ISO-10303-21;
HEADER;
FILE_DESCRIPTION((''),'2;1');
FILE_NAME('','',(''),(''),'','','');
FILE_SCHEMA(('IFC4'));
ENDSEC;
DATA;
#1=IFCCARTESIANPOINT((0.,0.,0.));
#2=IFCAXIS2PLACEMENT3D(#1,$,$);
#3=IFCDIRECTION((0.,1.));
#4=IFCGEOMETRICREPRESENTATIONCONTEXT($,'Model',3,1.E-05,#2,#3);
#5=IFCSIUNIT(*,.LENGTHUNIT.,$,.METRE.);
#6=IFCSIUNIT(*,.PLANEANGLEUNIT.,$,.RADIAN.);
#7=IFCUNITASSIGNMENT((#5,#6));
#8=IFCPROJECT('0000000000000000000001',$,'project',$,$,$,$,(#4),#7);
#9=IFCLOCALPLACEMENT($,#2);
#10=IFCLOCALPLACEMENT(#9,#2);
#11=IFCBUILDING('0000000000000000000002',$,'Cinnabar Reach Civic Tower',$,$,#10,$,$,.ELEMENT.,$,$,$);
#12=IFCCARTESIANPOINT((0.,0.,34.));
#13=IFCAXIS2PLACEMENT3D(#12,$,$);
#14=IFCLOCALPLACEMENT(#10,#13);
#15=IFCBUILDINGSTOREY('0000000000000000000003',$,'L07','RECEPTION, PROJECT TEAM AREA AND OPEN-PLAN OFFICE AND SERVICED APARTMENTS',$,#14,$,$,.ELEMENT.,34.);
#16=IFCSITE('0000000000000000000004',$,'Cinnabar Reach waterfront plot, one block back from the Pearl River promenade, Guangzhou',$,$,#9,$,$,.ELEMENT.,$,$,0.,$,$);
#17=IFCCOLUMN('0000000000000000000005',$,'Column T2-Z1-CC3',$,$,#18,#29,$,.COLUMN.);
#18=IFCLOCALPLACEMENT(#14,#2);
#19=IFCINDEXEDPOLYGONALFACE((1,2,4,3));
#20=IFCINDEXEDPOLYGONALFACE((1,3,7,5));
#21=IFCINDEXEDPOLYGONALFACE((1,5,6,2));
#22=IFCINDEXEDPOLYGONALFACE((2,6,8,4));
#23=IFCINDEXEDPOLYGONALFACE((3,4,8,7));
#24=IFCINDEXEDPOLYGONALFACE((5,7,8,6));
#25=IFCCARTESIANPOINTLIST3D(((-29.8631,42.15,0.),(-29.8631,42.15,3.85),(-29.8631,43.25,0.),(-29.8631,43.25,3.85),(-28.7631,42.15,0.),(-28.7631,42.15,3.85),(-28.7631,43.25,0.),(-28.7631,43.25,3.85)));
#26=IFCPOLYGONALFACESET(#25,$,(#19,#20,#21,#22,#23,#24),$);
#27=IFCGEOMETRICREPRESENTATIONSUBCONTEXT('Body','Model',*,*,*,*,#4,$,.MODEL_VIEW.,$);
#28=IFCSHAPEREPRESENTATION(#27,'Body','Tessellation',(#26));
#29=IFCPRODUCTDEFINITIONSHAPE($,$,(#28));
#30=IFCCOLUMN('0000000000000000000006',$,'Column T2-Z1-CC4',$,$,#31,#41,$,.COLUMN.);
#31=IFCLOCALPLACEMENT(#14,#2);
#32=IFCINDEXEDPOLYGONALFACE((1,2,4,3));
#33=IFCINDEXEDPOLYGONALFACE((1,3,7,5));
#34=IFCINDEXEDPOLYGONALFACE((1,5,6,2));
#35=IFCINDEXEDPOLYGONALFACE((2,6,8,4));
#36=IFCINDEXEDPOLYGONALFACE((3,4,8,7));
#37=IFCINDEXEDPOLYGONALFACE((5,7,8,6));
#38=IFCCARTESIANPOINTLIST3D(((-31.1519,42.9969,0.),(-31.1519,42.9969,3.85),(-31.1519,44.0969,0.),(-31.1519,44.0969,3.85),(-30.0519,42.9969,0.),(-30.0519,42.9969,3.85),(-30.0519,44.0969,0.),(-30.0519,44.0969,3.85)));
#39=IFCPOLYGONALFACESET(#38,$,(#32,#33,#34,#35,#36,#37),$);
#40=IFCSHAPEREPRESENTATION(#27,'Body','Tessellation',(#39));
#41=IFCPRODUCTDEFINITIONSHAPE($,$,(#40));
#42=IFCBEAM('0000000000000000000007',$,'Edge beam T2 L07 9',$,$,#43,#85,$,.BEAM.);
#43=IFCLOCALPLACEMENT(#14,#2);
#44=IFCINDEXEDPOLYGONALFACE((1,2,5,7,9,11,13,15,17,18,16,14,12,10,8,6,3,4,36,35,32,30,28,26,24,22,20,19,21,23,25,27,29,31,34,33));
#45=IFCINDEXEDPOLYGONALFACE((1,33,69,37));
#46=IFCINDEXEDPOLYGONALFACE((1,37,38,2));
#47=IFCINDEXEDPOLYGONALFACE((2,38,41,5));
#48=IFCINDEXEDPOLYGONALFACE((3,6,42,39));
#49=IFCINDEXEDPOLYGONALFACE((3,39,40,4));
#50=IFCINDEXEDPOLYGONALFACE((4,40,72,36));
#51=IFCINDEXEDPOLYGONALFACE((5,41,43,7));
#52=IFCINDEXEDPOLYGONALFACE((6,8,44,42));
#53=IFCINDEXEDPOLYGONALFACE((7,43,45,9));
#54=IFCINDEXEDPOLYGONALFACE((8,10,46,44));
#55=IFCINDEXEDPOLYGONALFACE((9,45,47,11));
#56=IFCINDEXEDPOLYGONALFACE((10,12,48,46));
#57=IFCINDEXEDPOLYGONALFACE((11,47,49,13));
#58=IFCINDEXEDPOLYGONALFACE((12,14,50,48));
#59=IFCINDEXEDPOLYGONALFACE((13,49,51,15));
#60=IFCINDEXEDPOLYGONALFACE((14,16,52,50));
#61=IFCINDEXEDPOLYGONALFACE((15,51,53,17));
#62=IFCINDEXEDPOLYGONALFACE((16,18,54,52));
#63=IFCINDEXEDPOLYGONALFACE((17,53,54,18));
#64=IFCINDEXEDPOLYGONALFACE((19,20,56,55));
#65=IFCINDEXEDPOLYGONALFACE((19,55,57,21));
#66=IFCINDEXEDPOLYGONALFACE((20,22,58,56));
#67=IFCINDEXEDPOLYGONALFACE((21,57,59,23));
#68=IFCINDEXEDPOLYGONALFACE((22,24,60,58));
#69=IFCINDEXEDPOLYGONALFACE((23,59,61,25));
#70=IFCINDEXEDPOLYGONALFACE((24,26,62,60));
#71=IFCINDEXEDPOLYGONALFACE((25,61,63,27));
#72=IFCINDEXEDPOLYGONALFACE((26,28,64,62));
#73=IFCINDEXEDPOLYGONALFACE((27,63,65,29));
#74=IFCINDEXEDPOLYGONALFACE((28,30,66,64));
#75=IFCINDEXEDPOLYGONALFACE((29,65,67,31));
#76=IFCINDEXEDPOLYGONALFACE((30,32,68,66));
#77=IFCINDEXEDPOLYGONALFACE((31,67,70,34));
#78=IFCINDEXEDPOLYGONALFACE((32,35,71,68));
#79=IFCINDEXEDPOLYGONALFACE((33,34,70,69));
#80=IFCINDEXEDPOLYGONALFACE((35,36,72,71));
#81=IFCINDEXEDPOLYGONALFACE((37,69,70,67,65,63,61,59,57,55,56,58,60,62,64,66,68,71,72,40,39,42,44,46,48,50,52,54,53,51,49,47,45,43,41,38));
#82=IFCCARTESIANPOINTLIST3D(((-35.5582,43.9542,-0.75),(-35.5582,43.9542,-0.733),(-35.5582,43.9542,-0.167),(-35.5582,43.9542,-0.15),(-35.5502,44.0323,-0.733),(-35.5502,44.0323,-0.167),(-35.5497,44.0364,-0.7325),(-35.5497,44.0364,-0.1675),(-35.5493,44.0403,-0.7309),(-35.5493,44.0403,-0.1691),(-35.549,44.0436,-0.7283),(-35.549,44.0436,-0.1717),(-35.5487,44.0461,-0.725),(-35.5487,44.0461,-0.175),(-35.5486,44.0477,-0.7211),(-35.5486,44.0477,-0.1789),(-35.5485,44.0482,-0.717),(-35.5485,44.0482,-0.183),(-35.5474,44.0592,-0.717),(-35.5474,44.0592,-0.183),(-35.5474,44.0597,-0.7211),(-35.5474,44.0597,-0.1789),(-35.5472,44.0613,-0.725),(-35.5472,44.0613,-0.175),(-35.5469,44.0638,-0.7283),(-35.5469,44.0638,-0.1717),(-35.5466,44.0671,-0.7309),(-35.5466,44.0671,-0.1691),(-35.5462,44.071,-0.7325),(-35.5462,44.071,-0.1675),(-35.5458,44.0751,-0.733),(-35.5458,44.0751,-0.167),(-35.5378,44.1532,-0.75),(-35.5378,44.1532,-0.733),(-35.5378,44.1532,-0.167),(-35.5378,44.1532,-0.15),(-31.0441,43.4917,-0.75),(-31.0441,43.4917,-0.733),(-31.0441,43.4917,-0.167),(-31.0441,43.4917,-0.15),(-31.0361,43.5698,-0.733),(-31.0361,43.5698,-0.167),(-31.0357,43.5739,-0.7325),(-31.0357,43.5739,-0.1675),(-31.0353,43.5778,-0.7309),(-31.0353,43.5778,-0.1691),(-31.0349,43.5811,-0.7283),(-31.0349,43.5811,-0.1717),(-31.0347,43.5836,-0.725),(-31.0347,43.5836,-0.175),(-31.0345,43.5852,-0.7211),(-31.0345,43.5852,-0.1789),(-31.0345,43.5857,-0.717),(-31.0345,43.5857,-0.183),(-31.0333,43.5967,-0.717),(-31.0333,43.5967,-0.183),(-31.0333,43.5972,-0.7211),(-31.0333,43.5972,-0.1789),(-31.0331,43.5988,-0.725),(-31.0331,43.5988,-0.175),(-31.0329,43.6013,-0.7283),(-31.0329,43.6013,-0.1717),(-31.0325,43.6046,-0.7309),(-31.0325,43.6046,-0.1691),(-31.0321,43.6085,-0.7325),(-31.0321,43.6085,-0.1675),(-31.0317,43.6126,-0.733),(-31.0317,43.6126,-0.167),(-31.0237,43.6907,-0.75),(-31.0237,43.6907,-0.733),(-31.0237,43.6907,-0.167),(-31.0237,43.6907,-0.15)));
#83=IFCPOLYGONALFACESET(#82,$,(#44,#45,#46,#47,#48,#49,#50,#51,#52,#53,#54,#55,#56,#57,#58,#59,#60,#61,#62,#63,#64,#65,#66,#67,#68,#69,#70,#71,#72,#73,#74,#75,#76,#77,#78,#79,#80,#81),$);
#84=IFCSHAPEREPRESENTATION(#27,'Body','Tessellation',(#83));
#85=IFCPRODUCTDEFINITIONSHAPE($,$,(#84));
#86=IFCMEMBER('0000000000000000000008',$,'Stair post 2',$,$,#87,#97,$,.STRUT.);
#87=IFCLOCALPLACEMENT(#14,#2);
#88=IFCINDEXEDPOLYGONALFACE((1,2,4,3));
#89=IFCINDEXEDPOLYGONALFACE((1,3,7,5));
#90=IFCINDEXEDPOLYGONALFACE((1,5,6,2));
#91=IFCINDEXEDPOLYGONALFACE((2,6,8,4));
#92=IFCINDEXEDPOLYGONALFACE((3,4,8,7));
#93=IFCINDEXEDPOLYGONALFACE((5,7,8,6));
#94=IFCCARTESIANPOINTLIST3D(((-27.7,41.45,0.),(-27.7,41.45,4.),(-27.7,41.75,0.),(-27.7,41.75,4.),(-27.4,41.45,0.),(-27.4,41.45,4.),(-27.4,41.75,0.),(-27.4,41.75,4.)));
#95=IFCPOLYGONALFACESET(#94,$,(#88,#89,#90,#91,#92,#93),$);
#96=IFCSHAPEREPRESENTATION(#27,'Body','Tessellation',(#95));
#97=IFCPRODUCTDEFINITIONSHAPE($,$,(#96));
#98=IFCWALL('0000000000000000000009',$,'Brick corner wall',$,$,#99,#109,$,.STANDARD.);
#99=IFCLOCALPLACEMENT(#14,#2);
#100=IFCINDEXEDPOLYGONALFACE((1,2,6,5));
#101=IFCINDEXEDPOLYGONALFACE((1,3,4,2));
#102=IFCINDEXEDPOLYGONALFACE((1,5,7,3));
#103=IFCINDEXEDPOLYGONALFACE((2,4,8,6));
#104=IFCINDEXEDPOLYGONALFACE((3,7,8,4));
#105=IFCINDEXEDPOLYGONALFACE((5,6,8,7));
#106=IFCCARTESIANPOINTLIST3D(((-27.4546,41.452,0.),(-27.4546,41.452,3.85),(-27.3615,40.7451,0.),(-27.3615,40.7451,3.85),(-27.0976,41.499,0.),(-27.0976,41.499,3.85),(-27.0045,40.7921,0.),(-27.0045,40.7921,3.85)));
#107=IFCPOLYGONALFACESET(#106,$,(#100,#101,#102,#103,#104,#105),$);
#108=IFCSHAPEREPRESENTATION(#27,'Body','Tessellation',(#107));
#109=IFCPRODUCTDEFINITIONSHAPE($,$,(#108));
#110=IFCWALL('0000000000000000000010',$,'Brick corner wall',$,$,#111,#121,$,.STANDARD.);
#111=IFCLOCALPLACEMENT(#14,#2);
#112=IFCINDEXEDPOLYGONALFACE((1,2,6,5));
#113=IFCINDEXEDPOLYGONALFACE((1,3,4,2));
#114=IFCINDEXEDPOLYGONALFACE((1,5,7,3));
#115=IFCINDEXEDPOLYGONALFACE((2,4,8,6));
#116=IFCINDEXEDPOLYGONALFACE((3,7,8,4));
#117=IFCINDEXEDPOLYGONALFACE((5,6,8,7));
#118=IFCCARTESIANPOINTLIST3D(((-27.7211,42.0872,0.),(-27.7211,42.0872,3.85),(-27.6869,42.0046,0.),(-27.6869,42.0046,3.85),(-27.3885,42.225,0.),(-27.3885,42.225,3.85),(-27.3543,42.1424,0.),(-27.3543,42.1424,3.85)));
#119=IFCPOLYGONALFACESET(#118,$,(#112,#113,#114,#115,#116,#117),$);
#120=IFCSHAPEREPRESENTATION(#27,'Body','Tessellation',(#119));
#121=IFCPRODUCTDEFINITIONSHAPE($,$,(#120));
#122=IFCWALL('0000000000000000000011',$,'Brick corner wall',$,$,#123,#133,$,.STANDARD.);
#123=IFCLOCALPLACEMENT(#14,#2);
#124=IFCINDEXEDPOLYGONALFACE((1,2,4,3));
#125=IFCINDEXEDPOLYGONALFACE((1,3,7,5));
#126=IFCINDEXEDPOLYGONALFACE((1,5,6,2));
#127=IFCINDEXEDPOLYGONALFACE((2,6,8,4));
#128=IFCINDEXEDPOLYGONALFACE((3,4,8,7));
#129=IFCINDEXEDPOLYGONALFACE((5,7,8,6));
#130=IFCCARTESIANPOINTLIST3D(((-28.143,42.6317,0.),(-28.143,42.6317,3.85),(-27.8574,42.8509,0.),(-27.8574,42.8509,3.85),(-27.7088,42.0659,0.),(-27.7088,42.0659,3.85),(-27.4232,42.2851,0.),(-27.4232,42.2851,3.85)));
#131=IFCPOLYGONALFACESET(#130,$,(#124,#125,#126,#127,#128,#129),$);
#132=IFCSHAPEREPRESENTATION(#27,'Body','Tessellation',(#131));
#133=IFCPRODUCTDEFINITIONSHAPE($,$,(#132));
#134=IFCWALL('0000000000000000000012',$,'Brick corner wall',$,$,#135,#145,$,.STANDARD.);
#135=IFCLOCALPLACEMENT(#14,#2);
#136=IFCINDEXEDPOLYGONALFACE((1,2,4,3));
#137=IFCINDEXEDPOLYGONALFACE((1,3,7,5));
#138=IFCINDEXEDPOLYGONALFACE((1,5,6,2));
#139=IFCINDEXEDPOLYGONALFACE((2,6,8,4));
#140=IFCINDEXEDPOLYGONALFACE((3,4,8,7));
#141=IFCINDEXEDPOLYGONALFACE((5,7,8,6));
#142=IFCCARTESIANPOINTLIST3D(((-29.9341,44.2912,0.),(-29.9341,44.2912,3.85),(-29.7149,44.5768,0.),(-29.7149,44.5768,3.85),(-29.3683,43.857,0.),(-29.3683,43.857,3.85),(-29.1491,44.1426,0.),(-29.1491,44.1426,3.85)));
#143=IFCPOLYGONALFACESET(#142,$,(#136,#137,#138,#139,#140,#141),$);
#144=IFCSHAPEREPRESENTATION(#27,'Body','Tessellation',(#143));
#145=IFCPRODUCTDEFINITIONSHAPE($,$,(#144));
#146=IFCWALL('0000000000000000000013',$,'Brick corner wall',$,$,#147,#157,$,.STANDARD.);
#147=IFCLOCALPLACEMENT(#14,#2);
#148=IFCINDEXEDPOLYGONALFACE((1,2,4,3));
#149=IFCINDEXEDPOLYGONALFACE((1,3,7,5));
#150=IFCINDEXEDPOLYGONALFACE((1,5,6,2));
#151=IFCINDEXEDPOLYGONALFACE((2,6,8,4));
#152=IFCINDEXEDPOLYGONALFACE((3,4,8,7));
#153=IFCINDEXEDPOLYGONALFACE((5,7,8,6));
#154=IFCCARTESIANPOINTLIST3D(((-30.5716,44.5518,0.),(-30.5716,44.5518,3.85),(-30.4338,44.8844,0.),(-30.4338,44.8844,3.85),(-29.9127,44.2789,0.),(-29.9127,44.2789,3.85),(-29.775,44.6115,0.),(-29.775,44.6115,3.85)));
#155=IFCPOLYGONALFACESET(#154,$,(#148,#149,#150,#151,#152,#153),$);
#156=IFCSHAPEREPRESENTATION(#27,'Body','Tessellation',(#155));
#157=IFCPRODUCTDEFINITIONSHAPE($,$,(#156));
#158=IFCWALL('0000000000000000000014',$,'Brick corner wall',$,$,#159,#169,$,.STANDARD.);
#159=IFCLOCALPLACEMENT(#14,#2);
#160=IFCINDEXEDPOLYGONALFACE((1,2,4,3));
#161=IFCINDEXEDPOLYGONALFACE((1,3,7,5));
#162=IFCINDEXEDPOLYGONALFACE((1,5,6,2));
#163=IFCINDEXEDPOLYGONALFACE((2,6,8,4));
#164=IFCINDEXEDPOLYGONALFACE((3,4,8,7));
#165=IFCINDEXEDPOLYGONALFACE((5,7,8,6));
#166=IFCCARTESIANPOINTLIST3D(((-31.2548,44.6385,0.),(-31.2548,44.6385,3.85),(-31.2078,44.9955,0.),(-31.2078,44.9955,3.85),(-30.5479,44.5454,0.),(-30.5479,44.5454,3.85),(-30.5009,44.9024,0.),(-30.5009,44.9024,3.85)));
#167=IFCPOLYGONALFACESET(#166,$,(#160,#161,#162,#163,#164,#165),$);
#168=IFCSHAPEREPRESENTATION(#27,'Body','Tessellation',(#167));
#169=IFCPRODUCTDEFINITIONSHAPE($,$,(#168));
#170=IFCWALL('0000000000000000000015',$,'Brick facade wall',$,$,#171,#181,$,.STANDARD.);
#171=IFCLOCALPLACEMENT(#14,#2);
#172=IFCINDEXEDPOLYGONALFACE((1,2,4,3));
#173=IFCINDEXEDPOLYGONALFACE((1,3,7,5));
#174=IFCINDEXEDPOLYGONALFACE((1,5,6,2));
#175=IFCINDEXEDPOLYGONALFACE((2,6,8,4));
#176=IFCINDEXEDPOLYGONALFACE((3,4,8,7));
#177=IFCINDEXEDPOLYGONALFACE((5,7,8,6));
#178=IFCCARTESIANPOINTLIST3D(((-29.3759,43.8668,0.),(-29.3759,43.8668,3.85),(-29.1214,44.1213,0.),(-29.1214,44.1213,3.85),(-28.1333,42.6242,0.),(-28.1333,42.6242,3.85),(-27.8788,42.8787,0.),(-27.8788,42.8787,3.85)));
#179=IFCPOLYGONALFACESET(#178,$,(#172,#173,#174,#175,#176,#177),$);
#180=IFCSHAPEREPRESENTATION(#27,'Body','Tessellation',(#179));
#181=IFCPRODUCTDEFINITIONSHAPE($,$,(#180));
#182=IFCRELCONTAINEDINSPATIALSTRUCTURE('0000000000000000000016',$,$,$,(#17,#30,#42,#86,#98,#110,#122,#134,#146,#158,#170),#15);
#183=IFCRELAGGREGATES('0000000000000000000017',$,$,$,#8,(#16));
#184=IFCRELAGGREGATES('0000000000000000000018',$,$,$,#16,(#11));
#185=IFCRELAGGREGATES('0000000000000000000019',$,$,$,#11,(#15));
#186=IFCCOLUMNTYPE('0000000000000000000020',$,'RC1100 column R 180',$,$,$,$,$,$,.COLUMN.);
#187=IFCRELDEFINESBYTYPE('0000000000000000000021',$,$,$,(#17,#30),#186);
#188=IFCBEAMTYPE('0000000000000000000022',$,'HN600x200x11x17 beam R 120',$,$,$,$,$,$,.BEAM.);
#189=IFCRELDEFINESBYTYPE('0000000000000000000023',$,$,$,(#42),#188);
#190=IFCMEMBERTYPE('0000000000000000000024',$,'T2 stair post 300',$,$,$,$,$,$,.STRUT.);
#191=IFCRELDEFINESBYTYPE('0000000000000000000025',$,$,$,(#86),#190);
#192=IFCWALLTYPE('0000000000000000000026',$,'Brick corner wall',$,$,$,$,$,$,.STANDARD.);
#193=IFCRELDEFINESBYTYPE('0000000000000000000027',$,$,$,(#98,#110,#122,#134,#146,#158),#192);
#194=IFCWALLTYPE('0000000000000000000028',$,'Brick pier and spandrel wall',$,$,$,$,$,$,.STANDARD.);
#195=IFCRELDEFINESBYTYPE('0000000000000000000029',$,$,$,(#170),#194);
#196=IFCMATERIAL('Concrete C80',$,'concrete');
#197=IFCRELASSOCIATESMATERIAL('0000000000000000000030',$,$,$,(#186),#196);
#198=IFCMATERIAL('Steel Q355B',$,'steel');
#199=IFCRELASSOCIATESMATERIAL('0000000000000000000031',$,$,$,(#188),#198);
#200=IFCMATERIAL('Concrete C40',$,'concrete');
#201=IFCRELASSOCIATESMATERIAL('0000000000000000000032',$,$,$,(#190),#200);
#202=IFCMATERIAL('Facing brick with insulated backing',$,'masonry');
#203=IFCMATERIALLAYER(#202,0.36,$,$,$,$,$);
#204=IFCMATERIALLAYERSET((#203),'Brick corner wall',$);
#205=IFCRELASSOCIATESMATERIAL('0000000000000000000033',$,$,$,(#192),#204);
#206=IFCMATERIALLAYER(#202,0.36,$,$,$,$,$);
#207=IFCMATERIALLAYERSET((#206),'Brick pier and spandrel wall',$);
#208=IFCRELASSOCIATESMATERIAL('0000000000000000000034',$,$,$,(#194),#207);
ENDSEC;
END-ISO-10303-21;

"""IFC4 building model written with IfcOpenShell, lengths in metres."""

from ifc_helpers import new_model, si_unit, direction, frame, frame_2d, origin, origin_2d, place, context, subcontext, project, spatial, rectangle, i_section, extrude, material, layer, layer_set, material_profile, profile_set, type_object, element, save


model = new_model("IFC4")

# Units and contexts
model_context = context("Model", 3, precision=1e-05, world=origin(), true_north=direction((0.0, 1.0)))
body_context = subcontext(model_context, "Body", "Model", "MODEL_VIEW")
ifc_project = project(units=[si_unit("LENGTHUNIT", "METRE"), si_unit("PLANEANGLEUNIT", "RADIAN")], contexts=[model_context])

# Site, building, storey
site_placement = place(None, origin())
site = spatial("IfcSite", under=ifc_project, at=site_placement, Name="Cinnabar Reach waterfront plot, one block back from the Pearl River promenade, Guangzhou", CompositionType="ELEMENT", RefElevation=0.0)
building_placement = place(site_placement, origin())
building = spatial("IfcBuilding", under=site, at=building_placement, Name="Cinnabar Reach Civic Tower", CompositionType="ELEMENT")
storey_placement = place(building_placement, frame((0.0, 0.0, 34.0)))
storey = spatial("IfcBuildingStorey", under=building, at=storey_placement, Name="L07", Description="RECEPTION, PROJECT TEAM AREA AND OPEN-PLAN OFFICE AND SERVICED APARTMENTS", CompositionType="ELEMENT", Elevation=34.0)

# Columns
ifc_material_1 = material(Name="Concrete C80", Category="concrete")
ifc_material_profile_1 = material_profile(ifc_material_1, rectangle(XDim=1.1, YDim=1.1, at=origin_2d()), Name="RC1100")
ifc_profile_set_1 = profile_set([ifc_material_profile_1], Name="Concrete C80")
column_type = type_object("IfcColumnType", Name="RC1100 column R 180", PredefinedType="COLUMN", material=ifc_profile_set_1)
for number, where, z_axis, x_axis, name in (
    (1, (-29.3131, 42.7, 0.0), (0.0, 0.0, 1.0), (1.0, 0.0, 0.0), "Column T2-Z1-CC3"),
    (2, (-30.6019, 43.5469, 0.0), (0.0, 0.0, 1.0), (1.0, 0.0, 0.0), "Column T2-Z1-CC4"),
):
    element("IfcColumn", number, at=place(storey_placement, frame(where, z_axis=z_axis, x_axis=x_axis)), inside=storey, type_object=column_type, Name=name, PredefinedType="COLUMN", context=body_context, shape_type="SweptSolid", body=[
        extrude(rectangle(XDim=1.1, YDim=1.1, at=origin_2d()), origin(), (0.0, 0.0, 1.0), 3.85),
    ])

# Beam
ifc_material_2 = material(Name="Steel Q355B", Category="steel")
ifc_material_profile_2 = material_profile(ifc_material_2, i_section(OverallWidth=0.2, OverallDepth=0.6, WebThickness=0.011, FlangeThickness=0.017, FilletRadius=0.016, at=origin_2d()), Name="HN600x200x11x17")
ifc_profile_set_2 = profile_set([ifc_material_profile_2], Name="Steel Q355B")
beam_type = type_object("IfcBeamType", Name="HN600x200x11x17 beam R 120", PredefinedType="BEAM", material=ifc_profile_set_2)
beam_placement = place(storey_placement, frame((-31.0339, 43.5912, -0.45), z_axis=(-0.994792, 0.101923, 0.0), x_axis=(-0.101923, -0.994792, 0.0)))
element("IfcBeam", 3, at=beam_placement, inside=storey, type_object=beam_type, Name="Edge beam T2 L07 9", PredefinedType="BEAM", context=body_context, shape_type="SweptSolid", body=[
    extrude(i_section(OverallWidth=0.2, OverallDepth=0.6, WebThickness=0.011, FlangeThickness=0.017, FilletRadius=0.016, at=origin_2d()), origin(), (0.0, 0.0, 1.0), 4.5377),
])

# Member
ifc_material_3 = material(Name="Concrete C40", Category="concrete")
ifc_material_profile_3 = material_profile(ifc_material_3, rectangle(XDim=0.3, YDim=0.3, at=origin_2d()), Name="C300")
ifc_profile_set_3 = profile_set([ifc_material_profile_3], Name="Concrete C40")
member_type = type_object("IfcMemberType", Name="T2 stair post 300", PredefinedType="STRUT", material=ifc_profile_set_3)
member_placement = place(storey_placement, frame((-27.55, 41.6, 0.0), z_axis=(0.0, 0.0, 1.0), x_axis=(1.0, 0.0, 0.0)))
element("IfcMember", 4, at=member_placement, inside=storey, type_object=member_type, Name="Stair post 2", PredefinedType="STRUT", context=body_context, shape_type="SweptSolid", body=[
    extrude(rectangle(XDim=0.3, YDim=0.3, at=origin_2d()), origin(), (0.0, 0.0, 1.0), 4.0),
])

# Walls
ifc_material_4 = material(Name="Facing brick with insulated backing", Category="masonry")
ifc_layer_1 = layer(ifc_material_4, 0.36)
ifc_layer_set_1 = layer_set([ifc_layer_1], Name="Brick corner wall")
wall_type_1 = type_object("IfcWallType", Name="Brick corner wall", PredefinedType="STANDARD", material=ifc_layer_set_1)
wall_1_placement = place(storey_placement, frame((-27.183, 40.7686, 0.0), z_axis=(0.0, 0.0, 1.0), x_axis=(-0.130556, 0.991441, 0.0)))
element("IfcWall", 5, at=wall_1_placement, inside=storey, type_object=wall_type_1, Name="Brick corner wall", PredefinedType="STANDARD", context=body_context, shape_type="SweptSolid", body=[
    extrude(rectangle(XDim=0.7131, YDim=0.36, at=frame_2d((0.3565, 0.0))), origin(), (0.0, 0.0, 1.0), 3.85),
])
wall_2_placement = place(storey_placement, frame((-27.5206, 42.0735, 0.0), z_axis=(0.0, 0.0, 1.0), x_axis=(-0.382549, 0.923935, 0.0)))
element("IfcWall", 6, at=wall_2_placement, inside=storey, type_object=wall_type_1, Name="Brick corner wall", PredefinedType="STANDARD", context=body_context, shape_type="SweptSolid", body=[
    extrude(rectangle(XDim=0.0894, YDim=0.36, at=frame_2d((0.0447, 0.0))), origin(), (0.0, 0.0, 1.0), 3.85),
])
for number, where, z_axis, x_axis, name in (
    (7, (-27.566, 42.1755, 0.0), (0.0, 0.0, 1.0), (-0.608802, 0.793322, 0.0), "Brick corner wall"),
    (8, (-29.2587, 43.9998, 0.0), (0.0, 0.0, 1.0), (-0.793322, 0.608802, 0.0), "Brick corner wall"),
):
    element("IfcWall", number, at=place(storey_placement, frame(where, z_axis=z_axis, x_axis=x_axis)), inside=storey, type_object=wall_type_1, Name=name, PredefinedType="STANDARD", context=body_context, shape_type="SweptSolid", body=[
        extrude(rectangle(XDim=0.7132, YDim=0.36, at=frame_2d((0.3566, 0.0))), origin(), (0.0, 0.0, 1.0), 3.85),
    ])
for number, where, z_axis, x_axis, name in (
    (9, (-29.8439, 44.4452, 0.0), (0.0, 0.0, 1.0), (-0.923872, 0.382703, 0.0), "Brick corner wall"),
    (10, (-30.5244, 44.7239, 0.0), (0.0, 0.0, 1.0), (-0.991441, 0.130556, 0.0), "Brick corner wall"),
):
    element("IfcWall", number, at=place(storey_placement, frame(where, z_axis=z_axis, x_axis=x_axis)), inside=storey, type_object=wall_type_1, Name=name, PredefinedType="STANDARD", context=body_context, shape_type="SweptSolid", body=[
        extrude(rectangle(XDim=0.7131, YDim=0.36, at=frame_2d((0.3565, 0.0))), origin(), (0.0, 0.0, 1.0), 3.85),
    ])
ifc_layer_2 = layer(ifc_material_4, 0.36)
ifc_layer_set_2 = layer_set([ifc_layer_2], Name="Brick pier and spandrel wall")
wall_type_2 = type_object("IfcWallType", Name="Brick pier and spandrel wall", PredefinedType="STANDARD", material=ifc_layer_set_2)
wall_3_placement = place(storey_placement, frame((-28.006, 42.7514, 0.0), z_axis=(0.0, 0.0, 1.0), x_axis=(-0.707107, 0.707107, 0.0)))
element("IfcWall", 11, at=wall_3_placement, inside=storey, type_object=wall_type_2, Name="Brick facade wall", PredefinedType="STANDARD", context=body_context, shape_type="SweptSolid", body=[
    extrude(rectangle(XDim=1.7573, YDim=0.36, at=frame_2d((0.8787, 0.0))), origin(), (0.0, 0.0, 1.0), 3.85),
])

save(model, "model.ifc")
